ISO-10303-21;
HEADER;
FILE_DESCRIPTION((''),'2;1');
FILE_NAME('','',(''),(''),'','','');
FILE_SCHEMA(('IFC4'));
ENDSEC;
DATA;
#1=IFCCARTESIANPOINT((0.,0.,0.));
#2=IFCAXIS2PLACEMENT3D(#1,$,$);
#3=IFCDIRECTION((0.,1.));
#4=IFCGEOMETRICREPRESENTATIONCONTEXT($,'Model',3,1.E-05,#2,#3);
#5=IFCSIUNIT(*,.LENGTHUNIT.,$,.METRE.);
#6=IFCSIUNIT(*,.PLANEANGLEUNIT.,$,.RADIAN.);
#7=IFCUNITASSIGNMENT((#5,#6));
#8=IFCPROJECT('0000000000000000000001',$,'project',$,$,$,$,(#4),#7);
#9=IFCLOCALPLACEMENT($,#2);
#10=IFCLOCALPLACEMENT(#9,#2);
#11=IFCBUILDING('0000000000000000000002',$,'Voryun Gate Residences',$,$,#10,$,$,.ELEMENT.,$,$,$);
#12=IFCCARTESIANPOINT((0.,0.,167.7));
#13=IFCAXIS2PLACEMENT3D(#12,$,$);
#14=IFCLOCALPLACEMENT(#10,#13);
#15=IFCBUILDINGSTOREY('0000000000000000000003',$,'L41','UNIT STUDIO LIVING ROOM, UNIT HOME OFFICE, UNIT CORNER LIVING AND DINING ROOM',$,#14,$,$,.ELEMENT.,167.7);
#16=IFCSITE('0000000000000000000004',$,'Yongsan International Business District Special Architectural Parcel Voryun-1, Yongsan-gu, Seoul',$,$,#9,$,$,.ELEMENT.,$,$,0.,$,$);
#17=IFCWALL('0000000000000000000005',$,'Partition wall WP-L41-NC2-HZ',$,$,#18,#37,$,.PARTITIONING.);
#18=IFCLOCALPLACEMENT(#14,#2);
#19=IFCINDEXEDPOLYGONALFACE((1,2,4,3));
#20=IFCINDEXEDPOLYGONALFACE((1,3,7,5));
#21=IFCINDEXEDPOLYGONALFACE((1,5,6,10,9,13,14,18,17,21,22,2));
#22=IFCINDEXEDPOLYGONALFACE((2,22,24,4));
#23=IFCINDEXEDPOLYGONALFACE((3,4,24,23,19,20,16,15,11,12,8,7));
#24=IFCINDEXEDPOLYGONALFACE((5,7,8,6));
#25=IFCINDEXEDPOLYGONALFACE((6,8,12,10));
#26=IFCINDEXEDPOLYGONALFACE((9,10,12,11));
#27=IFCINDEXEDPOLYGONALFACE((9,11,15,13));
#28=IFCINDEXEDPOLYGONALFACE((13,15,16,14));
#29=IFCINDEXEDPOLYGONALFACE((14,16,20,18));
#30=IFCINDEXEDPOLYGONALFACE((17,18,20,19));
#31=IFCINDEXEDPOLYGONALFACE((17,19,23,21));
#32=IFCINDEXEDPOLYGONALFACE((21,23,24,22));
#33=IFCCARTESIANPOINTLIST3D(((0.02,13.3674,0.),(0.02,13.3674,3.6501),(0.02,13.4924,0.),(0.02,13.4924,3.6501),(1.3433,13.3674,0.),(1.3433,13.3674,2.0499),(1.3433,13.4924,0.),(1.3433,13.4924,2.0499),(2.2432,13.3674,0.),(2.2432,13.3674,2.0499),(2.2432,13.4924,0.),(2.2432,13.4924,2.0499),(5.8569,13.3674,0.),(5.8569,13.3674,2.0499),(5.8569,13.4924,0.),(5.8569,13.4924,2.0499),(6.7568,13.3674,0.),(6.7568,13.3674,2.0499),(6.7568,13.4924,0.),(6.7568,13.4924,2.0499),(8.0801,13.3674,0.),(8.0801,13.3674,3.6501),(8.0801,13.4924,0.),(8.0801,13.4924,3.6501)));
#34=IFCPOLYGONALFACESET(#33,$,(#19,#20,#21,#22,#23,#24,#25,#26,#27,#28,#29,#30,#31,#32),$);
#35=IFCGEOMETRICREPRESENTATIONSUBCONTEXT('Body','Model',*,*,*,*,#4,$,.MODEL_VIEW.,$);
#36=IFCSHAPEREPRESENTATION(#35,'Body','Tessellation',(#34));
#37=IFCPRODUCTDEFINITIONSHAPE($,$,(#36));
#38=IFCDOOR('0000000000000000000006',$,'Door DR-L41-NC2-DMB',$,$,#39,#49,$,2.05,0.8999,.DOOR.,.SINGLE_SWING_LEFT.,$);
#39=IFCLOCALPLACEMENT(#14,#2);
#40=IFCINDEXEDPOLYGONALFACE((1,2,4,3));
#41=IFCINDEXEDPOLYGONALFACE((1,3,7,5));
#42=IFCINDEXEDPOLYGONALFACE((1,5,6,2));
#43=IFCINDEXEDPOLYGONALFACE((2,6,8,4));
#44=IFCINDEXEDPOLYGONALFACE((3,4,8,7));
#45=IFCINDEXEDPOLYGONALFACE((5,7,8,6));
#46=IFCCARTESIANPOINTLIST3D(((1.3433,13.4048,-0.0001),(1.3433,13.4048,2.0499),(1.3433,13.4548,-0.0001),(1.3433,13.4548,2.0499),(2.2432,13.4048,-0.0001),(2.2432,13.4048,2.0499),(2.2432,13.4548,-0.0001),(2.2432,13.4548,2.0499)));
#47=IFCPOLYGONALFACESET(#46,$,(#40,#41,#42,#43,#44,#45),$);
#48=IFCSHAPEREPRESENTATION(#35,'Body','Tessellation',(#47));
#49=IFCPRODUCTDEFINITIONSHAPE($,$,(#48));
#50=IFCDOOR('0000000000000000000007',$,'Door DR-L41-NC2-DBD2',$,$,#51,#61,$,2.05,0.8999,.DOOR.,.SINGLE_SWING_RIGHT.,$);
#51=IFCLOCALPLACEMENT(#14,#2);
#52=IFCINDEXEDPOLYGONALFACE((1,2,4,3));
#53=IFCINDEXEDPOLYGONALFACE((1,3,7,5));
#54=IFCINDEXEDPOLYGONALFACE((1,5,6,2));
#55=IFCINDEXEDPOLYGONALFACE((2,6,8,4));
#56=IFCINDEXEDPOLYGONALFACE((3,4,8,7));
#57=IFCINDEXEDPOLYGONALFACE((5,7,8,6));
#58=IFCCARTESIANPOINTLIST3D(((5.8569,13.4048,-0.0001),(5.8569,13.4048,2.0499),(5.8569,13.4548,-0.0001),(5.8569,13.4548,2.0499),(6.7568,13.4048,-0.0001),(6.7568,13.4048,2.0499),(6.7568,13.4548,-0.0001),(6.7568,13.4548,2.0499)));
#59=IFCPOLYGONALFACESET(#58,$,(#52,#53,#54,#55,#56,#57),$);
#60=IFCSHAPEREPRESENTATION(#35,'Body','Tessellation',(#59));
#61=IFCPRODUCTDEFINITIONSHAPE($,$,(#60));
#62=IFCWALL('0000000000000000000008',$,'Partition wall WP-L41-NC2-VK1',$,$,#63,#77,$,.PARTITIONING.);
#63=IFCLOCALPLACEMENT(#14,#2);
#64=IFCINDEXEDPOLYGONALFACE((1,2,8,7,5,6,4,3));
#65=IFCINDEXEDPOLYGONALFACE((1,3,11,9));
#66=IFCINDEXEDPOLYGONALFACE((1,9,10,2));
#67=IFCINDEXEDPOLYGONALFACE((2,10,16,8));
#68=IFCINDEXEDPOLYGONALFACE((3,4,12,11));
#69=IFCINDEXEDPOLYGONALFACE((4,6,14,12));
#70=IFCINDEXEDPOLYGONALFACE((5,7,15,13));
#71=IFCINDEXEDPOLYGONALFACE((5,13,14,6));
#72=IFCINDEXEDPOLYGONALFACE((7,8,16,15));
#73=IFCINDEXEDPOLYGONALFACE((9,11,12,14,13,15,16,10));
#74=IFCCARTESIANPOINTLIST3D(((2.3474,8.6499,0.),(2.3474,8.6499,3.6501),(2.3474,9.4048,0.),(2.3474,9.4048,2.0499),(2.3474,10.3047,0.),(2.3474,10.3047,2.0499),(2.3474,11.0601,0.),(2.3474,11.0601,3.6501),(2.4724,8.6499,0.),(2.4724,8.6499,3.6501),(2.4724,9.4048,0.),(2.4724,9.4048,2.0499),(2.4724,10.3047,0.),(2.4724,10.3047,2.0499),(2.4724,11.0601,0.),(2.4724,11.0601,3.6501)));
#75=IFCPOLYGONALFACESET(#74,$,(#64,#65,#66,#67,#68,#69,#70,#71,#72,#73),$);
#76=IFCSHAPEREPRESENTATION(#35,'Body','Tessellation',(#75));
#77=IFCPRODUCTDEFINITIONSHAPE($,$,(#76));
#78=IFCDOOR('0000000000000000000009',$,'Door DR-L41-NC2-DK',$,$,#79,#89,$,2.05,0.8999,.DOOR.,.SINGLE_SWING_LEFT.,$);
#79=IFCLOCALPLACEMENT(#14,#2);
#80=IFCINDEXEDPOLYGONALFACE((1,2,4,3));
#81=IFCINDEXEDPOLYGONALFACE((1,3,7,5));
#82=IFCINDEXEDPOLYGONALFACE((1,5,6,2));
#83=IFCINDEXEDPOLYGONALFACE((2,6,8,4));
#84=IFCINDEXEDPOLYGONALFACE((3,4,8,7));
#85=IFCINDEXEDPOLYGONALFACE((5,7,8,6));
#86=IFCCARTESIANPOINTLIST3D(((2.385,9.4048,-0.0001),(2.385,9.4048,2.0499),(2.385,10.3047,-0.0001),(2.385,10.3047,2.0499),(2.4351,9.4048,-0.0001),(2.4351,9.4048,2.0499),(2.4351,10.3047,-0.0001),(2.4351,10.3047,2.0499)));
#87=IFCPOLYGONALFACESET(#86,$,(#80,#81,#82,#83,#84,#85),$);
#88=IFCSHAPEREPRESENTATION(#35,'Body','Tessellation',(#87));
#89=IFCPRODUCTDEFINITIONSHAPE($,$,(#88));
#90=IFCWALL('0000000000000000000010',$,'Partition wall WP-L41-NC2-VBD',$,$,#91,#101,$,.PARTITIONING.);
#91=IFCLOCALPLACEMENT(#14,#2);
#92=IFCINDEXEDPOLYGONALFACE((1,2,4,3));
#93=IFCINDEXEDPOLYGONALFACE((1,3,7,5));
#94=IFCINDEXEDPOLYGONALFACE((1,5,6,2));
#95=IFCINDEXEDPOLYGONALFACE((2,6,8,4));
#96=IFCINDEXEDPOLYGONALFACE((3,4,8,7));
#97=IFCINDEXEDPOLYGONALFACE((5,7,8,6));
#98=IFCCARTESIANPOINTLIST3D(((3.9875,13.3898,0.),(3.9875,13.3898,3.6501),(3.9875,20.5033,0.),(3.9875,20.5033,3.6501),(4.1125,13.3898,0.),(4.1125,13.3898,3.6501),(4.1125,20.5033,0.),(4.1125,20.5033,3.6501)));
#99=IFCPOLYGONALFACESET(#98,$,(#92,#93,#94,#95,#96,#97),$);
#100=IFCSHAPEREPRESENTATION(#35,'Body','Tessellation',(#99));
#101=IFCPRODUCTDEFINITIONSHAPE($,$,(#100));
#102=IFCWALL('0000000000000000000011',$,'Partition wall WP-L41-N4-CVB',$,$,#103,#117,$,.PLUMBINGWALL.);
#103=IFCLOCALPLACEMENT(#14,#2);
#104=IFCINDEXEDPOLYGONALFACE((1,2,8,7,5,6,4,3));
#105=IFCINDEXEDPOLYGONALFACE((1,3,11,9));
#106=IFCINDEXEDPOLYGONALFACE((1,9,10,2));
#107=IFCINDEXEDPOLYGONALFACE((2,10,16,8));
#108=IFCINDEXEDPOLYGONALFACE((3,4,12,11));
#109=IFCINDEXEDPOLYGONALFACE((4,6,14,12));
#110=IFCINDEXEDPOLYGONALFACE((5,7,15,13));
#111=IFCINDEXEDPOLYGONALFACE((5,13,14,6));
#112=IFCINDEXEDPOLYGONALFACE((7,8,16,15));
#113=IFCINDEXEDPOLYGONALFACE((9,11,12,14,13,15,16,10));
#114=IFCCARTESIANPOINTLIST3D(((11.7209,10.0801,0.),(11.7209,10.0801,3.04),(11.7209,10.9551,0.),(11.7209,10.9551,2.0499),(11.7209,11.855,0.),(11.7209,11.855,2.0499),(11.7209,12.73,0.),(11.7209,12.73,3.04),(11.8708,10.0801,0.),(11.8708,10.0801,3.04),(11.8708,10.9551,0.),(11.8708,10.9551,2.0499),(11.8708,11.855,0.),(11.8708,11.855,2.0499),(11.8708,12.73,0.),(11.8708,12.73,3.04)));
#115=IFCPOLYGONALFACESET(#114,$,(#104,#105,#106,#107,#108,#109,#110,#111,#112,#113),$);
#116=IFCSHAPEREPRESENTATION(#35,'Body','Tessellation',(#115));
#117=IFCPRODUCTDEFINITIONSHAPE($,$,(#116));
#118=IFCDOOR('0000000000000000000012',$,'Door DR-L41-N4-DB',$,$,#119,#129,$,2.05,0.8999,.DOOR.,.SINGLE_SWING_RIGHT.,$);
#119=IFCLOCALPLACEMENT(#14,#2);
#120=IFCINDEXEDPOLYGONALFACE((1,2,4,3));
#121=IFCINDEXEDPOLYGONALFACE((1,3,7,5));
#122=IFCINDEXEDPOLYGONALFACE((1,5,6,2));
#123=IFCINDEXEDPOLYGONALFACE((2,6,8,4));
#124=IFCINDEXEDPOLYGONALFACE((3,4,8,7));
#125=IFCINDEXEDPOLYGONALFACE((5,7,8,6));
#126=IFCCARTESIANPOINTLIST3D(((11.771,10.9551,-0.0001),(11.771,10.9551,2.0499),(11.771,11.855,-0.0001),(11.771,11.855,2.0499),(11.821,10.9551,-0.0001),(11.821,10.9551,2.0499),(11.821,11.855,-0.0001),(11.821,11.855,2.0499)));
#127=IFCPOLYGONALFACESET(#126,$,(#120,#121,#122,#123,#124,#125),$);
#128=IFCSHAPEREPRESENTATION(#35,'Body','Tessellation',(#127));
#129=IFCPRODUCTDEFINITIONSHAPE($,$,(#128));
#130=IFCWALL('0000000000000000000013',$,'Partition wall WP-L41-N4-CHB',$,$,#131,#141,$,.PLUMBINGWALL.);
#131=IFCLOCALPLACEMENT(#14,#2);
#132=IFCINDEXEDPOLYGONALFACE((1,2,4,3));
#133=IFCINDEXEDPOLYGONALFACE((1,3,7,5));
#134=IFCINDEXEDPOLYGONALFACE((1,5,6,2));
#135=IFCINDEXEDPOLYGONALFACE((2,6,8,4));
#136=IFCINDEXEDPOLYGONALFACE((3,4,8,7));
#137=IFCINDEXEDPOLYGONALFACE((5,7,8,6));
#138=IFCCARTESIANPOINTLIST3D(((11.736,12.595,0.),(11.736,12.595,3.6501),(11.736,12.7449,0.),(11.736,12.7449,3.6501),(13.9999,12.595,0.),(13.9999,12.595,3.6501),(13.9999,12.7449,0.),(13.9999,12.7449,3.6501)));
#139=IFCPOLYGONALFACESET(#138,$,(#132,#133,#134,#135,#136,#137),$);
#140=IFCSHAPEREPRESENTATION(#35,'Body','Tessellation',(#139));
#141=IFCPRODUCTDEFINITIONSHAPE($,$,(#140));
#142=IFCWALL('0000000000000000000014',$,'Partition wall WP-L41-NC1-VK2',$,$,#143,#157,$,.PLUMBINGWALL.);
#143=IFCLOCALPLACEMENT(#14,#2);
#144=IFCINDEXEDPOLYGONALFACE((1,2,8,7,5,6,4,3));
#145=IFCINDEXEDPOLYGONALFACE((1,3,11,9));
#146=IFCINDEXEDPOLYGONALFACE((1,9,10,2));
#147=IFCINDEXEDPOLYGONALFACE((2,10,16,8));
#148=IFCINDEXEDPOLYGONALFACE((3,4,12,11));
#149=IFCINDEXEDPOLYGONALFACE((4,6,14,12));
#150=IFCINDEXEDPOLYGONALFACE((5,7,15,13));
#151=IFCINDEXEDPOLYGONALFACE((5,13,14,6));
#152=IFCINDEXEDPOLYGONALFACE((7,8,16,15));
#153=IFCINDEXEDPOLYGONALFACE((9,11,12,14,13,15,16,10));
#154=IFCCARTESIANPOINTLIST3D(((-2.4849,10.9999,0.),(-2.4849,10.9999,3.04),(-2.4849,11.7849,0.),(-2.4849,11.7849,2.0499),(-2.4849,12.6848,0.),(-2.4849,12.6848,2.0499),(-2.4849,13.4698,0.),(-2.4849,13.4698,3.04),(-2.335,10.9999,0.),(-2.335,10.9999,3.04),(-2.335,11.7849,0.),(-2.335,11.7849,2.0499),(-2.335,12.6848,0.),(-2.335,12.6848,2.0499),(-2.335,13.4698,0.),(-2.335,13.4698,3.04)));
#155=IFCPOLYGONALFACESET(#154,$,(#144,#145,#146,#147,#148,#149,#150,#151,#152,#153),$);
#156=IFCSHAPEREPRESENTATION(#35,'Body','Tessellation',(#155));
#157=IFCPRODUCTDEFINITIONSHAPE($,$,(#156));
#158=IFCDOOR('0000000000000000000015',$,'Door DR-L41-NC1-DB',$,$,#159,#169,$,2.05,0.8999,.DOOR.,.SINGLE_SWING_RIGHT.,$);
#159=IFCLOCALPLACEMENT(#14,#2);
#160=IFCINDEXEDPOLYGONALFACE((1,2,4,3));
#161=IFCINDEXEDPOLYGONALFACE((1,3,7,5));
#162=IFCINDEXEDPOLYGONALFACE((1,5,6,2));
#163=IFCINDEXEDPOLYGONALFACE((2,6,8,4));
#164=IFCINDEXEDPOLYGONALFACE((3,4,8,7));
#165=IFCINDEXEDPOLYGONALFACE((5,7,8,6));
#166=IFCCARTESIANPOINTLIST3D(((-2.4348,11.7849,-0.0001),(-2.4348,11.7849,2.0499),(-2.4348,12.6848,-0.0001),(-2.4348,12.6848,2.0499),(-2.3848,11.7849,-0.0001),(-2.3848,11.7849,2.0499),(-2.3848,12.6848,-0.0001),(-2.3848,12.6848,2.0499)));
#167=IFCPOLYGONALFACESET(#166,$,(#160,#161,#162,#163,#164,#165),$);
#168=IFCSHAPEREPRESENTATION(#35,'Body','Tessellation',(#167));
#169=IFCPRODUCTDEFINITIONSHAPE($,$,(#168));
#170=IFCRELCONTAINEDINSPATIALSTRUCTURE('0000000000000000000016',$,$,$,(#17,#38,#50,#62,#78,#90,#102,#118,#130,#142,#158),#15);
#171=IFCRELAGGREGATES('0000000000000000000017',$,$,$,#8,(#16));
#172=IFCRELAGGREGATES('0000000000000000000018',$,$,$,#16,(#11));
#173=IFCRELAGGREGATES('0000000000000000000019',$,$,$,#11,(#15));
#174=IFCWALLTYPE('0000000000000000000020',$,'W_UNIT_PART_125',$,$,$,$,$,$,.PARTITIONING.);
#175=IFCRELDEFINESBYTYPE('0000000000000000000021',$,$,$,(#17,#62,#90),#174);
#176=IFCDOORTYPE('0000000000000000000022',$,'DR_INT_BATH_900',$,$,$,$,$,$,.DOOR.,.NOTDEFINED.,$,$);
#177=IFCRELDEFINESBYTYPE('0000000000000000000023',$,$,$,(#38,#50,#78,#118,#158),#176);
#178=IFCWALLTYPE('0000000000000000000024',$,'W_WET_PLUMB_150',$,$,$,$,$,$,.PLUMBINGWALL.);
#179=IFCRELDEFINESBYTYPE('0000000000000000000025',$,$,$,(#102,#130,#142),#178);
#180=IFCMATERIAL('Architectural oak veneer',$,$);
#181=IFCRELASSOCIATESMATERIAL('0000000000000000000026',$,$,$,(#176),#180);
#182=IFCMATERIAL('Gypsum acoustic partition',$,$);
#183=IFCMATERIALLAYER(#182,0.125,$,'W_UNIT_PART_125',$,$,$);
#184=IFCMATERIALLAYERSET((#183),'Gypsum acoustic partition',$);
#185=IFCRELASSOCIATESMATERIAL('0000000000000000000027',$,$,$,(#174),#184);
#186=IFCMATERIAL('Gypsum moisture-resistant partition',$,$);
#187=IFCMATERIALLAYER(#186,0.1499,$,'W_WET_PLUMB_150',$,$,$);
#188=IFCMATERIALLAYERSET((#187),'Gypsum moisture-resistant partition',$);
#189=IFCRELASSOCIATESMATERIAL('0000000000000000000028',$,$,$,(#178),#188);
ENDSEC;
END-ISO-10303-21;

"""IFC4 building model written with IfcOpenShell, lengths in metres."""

from ifc_helpers import new_model, si_unit, direction, frame, frame_2d, origin, place, context, subcontext, project, spatial, rectangle, extrude, material, layer, layer_set, type_object, element, fill, save


model = new_model("IFC4")

# Units and contexts
model_context = context("Model", 3, precision=1e-05, world=origin(), true_north=direction((0.0, 1.0)))
body_context = subcontext(model_context, "Body", "Model", "MODEL_VIEW")
ifc_project = project(units=[si_unit("LENGTHUNIT", "METRE"), si_unit("PLANEANGLEUNIT", "RADIAN")], contexts=[model_context])

# Site, building, storey
site_placement = place(None, origin())
site = spatial("IfcSite", under=ifc_project, at=site_placement, Name="Yongsan International Business District Special Architectural Parcel Voryun-1, Yongsan-gu, Seoul", CompositionType="ELEMENT", RefElevation=0.0)
building_placement = place(site_placement, origin())
building = spatial("IfcBuilding", under=site, at=building_placement, Name="Voryun Gate Residences", CompositionType="ELEMENT")
storey_placement = place(building_placement, frame((0.0, 0.0, 167.7)))
storey = spatial("IfcBuildingStorey", under=building, at=storey_placement, Name="L41", Description="UNIT STUDIO LIVING ROOM, UNIT HOME OFFICE, UNIT CORNER LIVING AND DINING ROOM", CompositionType="ELEMENT", Elevation=167.7)

# Shared definitions
ifc_material_1 = material(Name="Architectural oak veneer")
door_type_1 = type_object("IfcDoorType", Name="DR_INT_BATH_900", OperationType="NOTDEFINED", PredefinedType="DOOR", material=ifc_material_1)

# Shared definitions
ifc_material_2 = material(Name="Gypsum acoustic partition")
ifc_layer_1 = layer(ifc_material_2, 0.125, Name="W_UNIT_PART_125")
ifc_layer_set_1 = layer_set([ifc_layer_1], Name="Gypsum acoustic partition")
wall_type_1 = type_object("IfcWallType", Name="W_UNIT_PART_125", PredefinedType="PARTITIONING", material=ifc_layer_set_1)

# Wall, openings, doors
wall_1_placement = place(storey_placement, frame((0.02, 13.4299, 0.0), z_axis=(0.0, 0.0, 1.0), x_axis=(1.0, 0.0, 0.0)))
wall_1 = element("IfcWall", 1, at=wall_1_placement, inside=storey, type_object=wall_type_1, Name="Partition wall WP-L41-NC2-HZ", PredefinedType="PARTITIONING", context=body_context, shape_type="SweptSolid", body=[
    extrude(rectangle(XDim=8.0601, YDim=0.125, at=frame_2d((4.03, 0.0))), origin(), (0.0, 0.0, 1.0), 3.6501),
])
opening_1_placement = place(wall_1_placement, frame((1.3232, 0.0, 0.0)))
opening_1 = element("IfcOpeningElement", 2, at=opening_1_placement, cuts=wall_1, PredefinedType="OPENING", context=body_context, shape_type="SweptSolid", body=[
    extrude(rectangle(XDim=0.8999, YDim=2.05, at=frame_2d((0.45, 1.0249))), frame((0.0, 0.0725, 0.0), z_axis=(0.0, -1.0, 0.0), x_axis=(1.0, 0.0, 0.0)), (0.0, 0.0, 1.0), 0.145),
])
opening_2_placement = place(wall_1_placement, frame((5.8369, 0.0, 0.0)))
opening_2 = element("IfcOpeningElement", 3, at=opening_2_placement, cuts=wall_1, PredefinedType="OPENING", context=body_context, shape_type="SweptSolid", body=[
    extrude(rectangle(XDim=0.8999, YDim=2.05, at=frame_2d((0.45, 1.0249))), frame((0.0, 0.0725, 0.0), z_axis=(0.0, -1.0, 0.0), x_axis=(1.0, 0.0, 0.0)), (0.0, 0.0, 1.0), 0.145),
])
door_1_placement = place(opening_1_placement, origin())
door_1 = element("IfcDoor", 4, at=door_1_placement, inside=storey, type_object=door_type_1, Name="Door DR-L41-NC2-DMB", OperationType="SINGLE_SWING_LEFT", OverallHeight=2.05, OverallWidth=0.8999, PredefinedType="DOOR", context=body_context, shape_type="SweptSolid", body=[
    extrude(rectangle(XDim=0.8999, YDim=2.05, at=frame_2d((0.45, 1.0249))), frame((0.0, 0.0249, 0.0), z_axis=(0.0, -1.0, 0.0), x_axis=(1.0, 0.0, 0.0)), (0.0, 0.0, 1.0), 0.05),
])
fill(opening_1, door_1)
door_2_placement = place(opening_2_placement, origin())
door_2 = element("IfcDoor", 5, at=door_2_placement, inside=storey, type_object=door_type_1, Name="Door DR-L41-NC2-DBD2", OperationType="SINGLE_SWING_RIGHT", OverallHeight=2.05, OverallWidth=0.8999, PredefinedType="DOOR", context=body_context, shape_type="SweptSolid", body=[
    extrude(rectangle(XDim=0.8999, YDim=2.05, at=frame_2d((0.45, 1.0249))), frame((0.0, 0.0249, 0.0), z_axis=(0.0, -1.0, 0.0), x_axis=(1.0, 0.0, 0.0)), (0.0, 0.0, 1.0), 0.05),
])
fill(opening_2, door_2)

# Wall, opening, door
wall_2_placement = place(storey_placement, frame((2.4099, 8.6499, 0.0), z_axis=(0.0, 0.0, 1.0), x_axis=(0.0, 1.0, 0.0)))
wall_2 = element("IfcWall", 6, at=wall_2_placement, inside=storey, type_object=wall_type_1, Name="Partition wall WP-L41-NC2-VK1", PredefinedType="PARTITIONING", context=body_context, shape_type="SweptSolid", body=[
    extrude(rectangle(XDim=2.4102, YDim=0.125, at=frame_2d((1.2051, 0.0))), origin(), (0.0, 0.0, 1.0), 3.6501),
])
opening_3_placement = place(wall_2_placement, frame((0.7549, 0.0, 0.0)))
opening_3 = element("IfcOpeningElement", 7, at=opening_3_placement, cuts=wall_2, PredefinedType="OPENING", context=body_context, shape_type="SweptSolid", body=[
    extrude(rectangle(XDim=0.8999, YDim=2.05, at=frame_2d((0.45, 1.0249))), frame((0.0, 0.0725, 0.0), z_axis=(0.0, -1.0, 0.0), x_axis=(1.0, 0.0, 0.0)), (0.0, 0.0, 1.0), 0.145),
])
door_3_placement = place(opening_3_placement, origin())
door_3 = element("IfcDoor", 8, at=door_3_placement, inside=storey, type_object=door_type_1, Name="Door DR-L41-NC2-DK", OperationType="SINGLE_SWING_LEFT", OverallHeight=2.05, OverallWidth=0.8999, PredefinedType="DOOR", context=body_context, shape_type="SweptSolid", body=[
    extrude(rectangle(XDim=0.8999, YDim=2.05, at=frame_2d((0.45, 1.0249))), frame((0.0, 0.0249, 0.0), z_axis=(0.0, -1.0, 0.0), x_axis=(1.0, 0.0, 0.0)), (0.0, 0.0, 1.0), 0.05),
])
fill(opening_3, door_3)

# Wall
wall_3_placement = place(storey_placement, frame((4.05, 13.3899, 0.0), z_axis=(0.0, 0.0, 1.0), x_axis=(0.0, 1.0, 0.0)))
element("IfcWall", 9, at=wall_3_placement, inside=storey, type_object=wall_type_1, Name="Partition wall WP-L41-NC2-VBD", PredefinedType="PARTITIONING", context=body_context, shape_type="SweptSolid", body=[
    extrude(rectangle(XDim=7.1135, YDim=0.125, at=frame_2d((3.5566, 0.0))), origin(), (0.0, 0.0, 1.0), 3.6501),
])

# Wall, opening, door
ifc_material_3 = material(Name="Gypsum moisture-resistant partition")
ifc_layer_2 = layer(ifc_material_3, 0.1499, Name="W_WET_PLUMB_150")
ifc_layer_set_2 = layer_set([ifc_layer_2], Name="Gypsum moisture-resistant partition")
wall_type_2 = type_object("IfcWallType", Name="W_WET_PLUMB_150", PredefinedType="PLUMBINGWALL", material=ifc_layer_set_2)
wall_4_placement = place(storey_placement, frame((11.7959, 10.0801, 0.0), z_axis=(0.0, 0.0, 1.0), x_axis=(0.0, 1.0, 0.0)))
wall_4 = element("IfcWall", 10, at=wall_4_placement, inside=storey, type_object=wall_type_2, Name="Partition wall WP-L41-N4-CVB", PredefinedType="PLUMBINGWALL", context=body_context, shape_type="SweptSolid", body=[
    extrude(rectangle(XDim=2.6499, YDim=0.1499, at=frame_2d((1.325, 0.0))), origin(), (0.0, 0.0, 1.0), 3.04),
])
opening_4_placement = place(wall_4_placement, frame((0.875, 0.0, 0.0)))
opening_4 = element("IfcOpeningElement", 11, at=opening_4_placement, cuts=wall_4, PredefinedType="OPENING", context=body_context, shape_type="SweptSolid", body=[
    extrude(rectangle(XDim=0.8999, YDim=2.05, at=frame_2d((0.45, 1.0249))), frame((0.0, 0.085, 0.0), z_axis=(0.0, -1.0, 0.0), x_axis=(1.0, 0.0, 0.0)), (0.0, 0.0, 1.0), 0.1699),
])
door_4_placement = place(opening_4_placement, origin())
door_4 = element("IfcDoor", 12, at=door_4_placement, inside=storey, type_object=door_type_1, Name="Door DR-L41-N4-DB", OperationType="SINGLE_SWING_RIGHT", OverallHeight=2.05, OverallWidth=0.8999, PredefinedType="DOOR", context=body_context, shape_type="SweptSolid", body=[
    extrude(rectangle(XDim=0.8999, YDim=2.05, at=frame_2d((0.45, 1.0249))), frame((0.0, 0.0249, 0.0), z_axis=(0.0, -1.0, 0.0), x_axis=(1.0, 0.0, 0.0)), (0.0, 0.0, 1.0), 0.05),
])
fill(opening_4, door_4)

# Wall
wall_5_placement = place(storey_placement, frame((11.7361, 12.6699, 0.0), z_axis=(0.0, 0.0, 1.0), x_axis=(1.0, 0.0, 0.0)))
element("IfcWall", 13, at=wall_5_placement, inside=storey, type_object=wall_type_2, Name="Partition wall WP-L41-N4-CHB", PredefinedType="PLUMBINGWALL", context=body_context, shape_type="SweptSolid", body=[
    extrude(rectangle(XDim=2.2639, YDim=0.1499, at=frame_2d((1.1318, 0.0))), origin(), (0.0, 0.0, 1.0), 3.6501),
])

# Wall, opening, door
wall_6_placement = place(storey_placement, frame((-2.4099, 11.0, 0.0), z_axis=(0.0, 0.0, 1.0), x_axis=(0.0, 1.0, 0.0)))
wall_6 = element("IfcWall", 14, at=wall_6_placement, inside=storey, type_object=wall_type_2, Name="Partition wall WP-L41-NC1-VK2", PredefinedType="PLUMBINGWALL", context=body_context, shape_type="SweptSolid", body=[
    extrude(rectangle(XDim=2.47, YDim=0.1499, at=frame_2d((1.2349, 0.0))), origin(), (0.0, 0.0, 1.0), 3.04),
])
opening_5_placement = place(wall_6_placement, frame((0.7849, 0.0, 0.0)))
opening_5 = element("IfcOpeningElement", 15, at=opening_5_placement, cuts=wall_6, PredefinedType="OPENING", context=body_context, shape_type="SweptSolid", body=[
    extrude(rectangle(XDim=0.8999, YDim=2.05, at=frame_2d((0.45, 1.0249))), frame((0.0, 0.085, 0.0), z_axis=(0.0, -1.0, 0.0), x_axis=(1.0, 0.0, 0.0)), (0.0, 0.0, 1.0), 0.1699),
])
door_5_placement = place(opening_5_placement, origin())
door_5 = element("IfcDoor", 16, at=door_5_placement, inside=storey, type_object=door_type_1, Name="Door DR-L41-NC1-DB", OperationType="SINGLE_SWING_RIGHT", OverallHeight=2.05, OverallWidth=0.8999, PredefinedType="DOOR", context=body_context, shape_type="SweptSolid", body=[
    extrude(rectangle(XDim=0.8999, YDim=2.05, at=frame_2d((0.45, 1.0249))), frame((0.0, 0.0249, 0.0), z_axis=(0.0, -1.0, 0.0), x_axis=(1.0, 0.0, 0.0)), (0.0, 0.0, 1.0), 0.05),
])
fill(opening_5, door_5)

save(model, "model.ifc")
